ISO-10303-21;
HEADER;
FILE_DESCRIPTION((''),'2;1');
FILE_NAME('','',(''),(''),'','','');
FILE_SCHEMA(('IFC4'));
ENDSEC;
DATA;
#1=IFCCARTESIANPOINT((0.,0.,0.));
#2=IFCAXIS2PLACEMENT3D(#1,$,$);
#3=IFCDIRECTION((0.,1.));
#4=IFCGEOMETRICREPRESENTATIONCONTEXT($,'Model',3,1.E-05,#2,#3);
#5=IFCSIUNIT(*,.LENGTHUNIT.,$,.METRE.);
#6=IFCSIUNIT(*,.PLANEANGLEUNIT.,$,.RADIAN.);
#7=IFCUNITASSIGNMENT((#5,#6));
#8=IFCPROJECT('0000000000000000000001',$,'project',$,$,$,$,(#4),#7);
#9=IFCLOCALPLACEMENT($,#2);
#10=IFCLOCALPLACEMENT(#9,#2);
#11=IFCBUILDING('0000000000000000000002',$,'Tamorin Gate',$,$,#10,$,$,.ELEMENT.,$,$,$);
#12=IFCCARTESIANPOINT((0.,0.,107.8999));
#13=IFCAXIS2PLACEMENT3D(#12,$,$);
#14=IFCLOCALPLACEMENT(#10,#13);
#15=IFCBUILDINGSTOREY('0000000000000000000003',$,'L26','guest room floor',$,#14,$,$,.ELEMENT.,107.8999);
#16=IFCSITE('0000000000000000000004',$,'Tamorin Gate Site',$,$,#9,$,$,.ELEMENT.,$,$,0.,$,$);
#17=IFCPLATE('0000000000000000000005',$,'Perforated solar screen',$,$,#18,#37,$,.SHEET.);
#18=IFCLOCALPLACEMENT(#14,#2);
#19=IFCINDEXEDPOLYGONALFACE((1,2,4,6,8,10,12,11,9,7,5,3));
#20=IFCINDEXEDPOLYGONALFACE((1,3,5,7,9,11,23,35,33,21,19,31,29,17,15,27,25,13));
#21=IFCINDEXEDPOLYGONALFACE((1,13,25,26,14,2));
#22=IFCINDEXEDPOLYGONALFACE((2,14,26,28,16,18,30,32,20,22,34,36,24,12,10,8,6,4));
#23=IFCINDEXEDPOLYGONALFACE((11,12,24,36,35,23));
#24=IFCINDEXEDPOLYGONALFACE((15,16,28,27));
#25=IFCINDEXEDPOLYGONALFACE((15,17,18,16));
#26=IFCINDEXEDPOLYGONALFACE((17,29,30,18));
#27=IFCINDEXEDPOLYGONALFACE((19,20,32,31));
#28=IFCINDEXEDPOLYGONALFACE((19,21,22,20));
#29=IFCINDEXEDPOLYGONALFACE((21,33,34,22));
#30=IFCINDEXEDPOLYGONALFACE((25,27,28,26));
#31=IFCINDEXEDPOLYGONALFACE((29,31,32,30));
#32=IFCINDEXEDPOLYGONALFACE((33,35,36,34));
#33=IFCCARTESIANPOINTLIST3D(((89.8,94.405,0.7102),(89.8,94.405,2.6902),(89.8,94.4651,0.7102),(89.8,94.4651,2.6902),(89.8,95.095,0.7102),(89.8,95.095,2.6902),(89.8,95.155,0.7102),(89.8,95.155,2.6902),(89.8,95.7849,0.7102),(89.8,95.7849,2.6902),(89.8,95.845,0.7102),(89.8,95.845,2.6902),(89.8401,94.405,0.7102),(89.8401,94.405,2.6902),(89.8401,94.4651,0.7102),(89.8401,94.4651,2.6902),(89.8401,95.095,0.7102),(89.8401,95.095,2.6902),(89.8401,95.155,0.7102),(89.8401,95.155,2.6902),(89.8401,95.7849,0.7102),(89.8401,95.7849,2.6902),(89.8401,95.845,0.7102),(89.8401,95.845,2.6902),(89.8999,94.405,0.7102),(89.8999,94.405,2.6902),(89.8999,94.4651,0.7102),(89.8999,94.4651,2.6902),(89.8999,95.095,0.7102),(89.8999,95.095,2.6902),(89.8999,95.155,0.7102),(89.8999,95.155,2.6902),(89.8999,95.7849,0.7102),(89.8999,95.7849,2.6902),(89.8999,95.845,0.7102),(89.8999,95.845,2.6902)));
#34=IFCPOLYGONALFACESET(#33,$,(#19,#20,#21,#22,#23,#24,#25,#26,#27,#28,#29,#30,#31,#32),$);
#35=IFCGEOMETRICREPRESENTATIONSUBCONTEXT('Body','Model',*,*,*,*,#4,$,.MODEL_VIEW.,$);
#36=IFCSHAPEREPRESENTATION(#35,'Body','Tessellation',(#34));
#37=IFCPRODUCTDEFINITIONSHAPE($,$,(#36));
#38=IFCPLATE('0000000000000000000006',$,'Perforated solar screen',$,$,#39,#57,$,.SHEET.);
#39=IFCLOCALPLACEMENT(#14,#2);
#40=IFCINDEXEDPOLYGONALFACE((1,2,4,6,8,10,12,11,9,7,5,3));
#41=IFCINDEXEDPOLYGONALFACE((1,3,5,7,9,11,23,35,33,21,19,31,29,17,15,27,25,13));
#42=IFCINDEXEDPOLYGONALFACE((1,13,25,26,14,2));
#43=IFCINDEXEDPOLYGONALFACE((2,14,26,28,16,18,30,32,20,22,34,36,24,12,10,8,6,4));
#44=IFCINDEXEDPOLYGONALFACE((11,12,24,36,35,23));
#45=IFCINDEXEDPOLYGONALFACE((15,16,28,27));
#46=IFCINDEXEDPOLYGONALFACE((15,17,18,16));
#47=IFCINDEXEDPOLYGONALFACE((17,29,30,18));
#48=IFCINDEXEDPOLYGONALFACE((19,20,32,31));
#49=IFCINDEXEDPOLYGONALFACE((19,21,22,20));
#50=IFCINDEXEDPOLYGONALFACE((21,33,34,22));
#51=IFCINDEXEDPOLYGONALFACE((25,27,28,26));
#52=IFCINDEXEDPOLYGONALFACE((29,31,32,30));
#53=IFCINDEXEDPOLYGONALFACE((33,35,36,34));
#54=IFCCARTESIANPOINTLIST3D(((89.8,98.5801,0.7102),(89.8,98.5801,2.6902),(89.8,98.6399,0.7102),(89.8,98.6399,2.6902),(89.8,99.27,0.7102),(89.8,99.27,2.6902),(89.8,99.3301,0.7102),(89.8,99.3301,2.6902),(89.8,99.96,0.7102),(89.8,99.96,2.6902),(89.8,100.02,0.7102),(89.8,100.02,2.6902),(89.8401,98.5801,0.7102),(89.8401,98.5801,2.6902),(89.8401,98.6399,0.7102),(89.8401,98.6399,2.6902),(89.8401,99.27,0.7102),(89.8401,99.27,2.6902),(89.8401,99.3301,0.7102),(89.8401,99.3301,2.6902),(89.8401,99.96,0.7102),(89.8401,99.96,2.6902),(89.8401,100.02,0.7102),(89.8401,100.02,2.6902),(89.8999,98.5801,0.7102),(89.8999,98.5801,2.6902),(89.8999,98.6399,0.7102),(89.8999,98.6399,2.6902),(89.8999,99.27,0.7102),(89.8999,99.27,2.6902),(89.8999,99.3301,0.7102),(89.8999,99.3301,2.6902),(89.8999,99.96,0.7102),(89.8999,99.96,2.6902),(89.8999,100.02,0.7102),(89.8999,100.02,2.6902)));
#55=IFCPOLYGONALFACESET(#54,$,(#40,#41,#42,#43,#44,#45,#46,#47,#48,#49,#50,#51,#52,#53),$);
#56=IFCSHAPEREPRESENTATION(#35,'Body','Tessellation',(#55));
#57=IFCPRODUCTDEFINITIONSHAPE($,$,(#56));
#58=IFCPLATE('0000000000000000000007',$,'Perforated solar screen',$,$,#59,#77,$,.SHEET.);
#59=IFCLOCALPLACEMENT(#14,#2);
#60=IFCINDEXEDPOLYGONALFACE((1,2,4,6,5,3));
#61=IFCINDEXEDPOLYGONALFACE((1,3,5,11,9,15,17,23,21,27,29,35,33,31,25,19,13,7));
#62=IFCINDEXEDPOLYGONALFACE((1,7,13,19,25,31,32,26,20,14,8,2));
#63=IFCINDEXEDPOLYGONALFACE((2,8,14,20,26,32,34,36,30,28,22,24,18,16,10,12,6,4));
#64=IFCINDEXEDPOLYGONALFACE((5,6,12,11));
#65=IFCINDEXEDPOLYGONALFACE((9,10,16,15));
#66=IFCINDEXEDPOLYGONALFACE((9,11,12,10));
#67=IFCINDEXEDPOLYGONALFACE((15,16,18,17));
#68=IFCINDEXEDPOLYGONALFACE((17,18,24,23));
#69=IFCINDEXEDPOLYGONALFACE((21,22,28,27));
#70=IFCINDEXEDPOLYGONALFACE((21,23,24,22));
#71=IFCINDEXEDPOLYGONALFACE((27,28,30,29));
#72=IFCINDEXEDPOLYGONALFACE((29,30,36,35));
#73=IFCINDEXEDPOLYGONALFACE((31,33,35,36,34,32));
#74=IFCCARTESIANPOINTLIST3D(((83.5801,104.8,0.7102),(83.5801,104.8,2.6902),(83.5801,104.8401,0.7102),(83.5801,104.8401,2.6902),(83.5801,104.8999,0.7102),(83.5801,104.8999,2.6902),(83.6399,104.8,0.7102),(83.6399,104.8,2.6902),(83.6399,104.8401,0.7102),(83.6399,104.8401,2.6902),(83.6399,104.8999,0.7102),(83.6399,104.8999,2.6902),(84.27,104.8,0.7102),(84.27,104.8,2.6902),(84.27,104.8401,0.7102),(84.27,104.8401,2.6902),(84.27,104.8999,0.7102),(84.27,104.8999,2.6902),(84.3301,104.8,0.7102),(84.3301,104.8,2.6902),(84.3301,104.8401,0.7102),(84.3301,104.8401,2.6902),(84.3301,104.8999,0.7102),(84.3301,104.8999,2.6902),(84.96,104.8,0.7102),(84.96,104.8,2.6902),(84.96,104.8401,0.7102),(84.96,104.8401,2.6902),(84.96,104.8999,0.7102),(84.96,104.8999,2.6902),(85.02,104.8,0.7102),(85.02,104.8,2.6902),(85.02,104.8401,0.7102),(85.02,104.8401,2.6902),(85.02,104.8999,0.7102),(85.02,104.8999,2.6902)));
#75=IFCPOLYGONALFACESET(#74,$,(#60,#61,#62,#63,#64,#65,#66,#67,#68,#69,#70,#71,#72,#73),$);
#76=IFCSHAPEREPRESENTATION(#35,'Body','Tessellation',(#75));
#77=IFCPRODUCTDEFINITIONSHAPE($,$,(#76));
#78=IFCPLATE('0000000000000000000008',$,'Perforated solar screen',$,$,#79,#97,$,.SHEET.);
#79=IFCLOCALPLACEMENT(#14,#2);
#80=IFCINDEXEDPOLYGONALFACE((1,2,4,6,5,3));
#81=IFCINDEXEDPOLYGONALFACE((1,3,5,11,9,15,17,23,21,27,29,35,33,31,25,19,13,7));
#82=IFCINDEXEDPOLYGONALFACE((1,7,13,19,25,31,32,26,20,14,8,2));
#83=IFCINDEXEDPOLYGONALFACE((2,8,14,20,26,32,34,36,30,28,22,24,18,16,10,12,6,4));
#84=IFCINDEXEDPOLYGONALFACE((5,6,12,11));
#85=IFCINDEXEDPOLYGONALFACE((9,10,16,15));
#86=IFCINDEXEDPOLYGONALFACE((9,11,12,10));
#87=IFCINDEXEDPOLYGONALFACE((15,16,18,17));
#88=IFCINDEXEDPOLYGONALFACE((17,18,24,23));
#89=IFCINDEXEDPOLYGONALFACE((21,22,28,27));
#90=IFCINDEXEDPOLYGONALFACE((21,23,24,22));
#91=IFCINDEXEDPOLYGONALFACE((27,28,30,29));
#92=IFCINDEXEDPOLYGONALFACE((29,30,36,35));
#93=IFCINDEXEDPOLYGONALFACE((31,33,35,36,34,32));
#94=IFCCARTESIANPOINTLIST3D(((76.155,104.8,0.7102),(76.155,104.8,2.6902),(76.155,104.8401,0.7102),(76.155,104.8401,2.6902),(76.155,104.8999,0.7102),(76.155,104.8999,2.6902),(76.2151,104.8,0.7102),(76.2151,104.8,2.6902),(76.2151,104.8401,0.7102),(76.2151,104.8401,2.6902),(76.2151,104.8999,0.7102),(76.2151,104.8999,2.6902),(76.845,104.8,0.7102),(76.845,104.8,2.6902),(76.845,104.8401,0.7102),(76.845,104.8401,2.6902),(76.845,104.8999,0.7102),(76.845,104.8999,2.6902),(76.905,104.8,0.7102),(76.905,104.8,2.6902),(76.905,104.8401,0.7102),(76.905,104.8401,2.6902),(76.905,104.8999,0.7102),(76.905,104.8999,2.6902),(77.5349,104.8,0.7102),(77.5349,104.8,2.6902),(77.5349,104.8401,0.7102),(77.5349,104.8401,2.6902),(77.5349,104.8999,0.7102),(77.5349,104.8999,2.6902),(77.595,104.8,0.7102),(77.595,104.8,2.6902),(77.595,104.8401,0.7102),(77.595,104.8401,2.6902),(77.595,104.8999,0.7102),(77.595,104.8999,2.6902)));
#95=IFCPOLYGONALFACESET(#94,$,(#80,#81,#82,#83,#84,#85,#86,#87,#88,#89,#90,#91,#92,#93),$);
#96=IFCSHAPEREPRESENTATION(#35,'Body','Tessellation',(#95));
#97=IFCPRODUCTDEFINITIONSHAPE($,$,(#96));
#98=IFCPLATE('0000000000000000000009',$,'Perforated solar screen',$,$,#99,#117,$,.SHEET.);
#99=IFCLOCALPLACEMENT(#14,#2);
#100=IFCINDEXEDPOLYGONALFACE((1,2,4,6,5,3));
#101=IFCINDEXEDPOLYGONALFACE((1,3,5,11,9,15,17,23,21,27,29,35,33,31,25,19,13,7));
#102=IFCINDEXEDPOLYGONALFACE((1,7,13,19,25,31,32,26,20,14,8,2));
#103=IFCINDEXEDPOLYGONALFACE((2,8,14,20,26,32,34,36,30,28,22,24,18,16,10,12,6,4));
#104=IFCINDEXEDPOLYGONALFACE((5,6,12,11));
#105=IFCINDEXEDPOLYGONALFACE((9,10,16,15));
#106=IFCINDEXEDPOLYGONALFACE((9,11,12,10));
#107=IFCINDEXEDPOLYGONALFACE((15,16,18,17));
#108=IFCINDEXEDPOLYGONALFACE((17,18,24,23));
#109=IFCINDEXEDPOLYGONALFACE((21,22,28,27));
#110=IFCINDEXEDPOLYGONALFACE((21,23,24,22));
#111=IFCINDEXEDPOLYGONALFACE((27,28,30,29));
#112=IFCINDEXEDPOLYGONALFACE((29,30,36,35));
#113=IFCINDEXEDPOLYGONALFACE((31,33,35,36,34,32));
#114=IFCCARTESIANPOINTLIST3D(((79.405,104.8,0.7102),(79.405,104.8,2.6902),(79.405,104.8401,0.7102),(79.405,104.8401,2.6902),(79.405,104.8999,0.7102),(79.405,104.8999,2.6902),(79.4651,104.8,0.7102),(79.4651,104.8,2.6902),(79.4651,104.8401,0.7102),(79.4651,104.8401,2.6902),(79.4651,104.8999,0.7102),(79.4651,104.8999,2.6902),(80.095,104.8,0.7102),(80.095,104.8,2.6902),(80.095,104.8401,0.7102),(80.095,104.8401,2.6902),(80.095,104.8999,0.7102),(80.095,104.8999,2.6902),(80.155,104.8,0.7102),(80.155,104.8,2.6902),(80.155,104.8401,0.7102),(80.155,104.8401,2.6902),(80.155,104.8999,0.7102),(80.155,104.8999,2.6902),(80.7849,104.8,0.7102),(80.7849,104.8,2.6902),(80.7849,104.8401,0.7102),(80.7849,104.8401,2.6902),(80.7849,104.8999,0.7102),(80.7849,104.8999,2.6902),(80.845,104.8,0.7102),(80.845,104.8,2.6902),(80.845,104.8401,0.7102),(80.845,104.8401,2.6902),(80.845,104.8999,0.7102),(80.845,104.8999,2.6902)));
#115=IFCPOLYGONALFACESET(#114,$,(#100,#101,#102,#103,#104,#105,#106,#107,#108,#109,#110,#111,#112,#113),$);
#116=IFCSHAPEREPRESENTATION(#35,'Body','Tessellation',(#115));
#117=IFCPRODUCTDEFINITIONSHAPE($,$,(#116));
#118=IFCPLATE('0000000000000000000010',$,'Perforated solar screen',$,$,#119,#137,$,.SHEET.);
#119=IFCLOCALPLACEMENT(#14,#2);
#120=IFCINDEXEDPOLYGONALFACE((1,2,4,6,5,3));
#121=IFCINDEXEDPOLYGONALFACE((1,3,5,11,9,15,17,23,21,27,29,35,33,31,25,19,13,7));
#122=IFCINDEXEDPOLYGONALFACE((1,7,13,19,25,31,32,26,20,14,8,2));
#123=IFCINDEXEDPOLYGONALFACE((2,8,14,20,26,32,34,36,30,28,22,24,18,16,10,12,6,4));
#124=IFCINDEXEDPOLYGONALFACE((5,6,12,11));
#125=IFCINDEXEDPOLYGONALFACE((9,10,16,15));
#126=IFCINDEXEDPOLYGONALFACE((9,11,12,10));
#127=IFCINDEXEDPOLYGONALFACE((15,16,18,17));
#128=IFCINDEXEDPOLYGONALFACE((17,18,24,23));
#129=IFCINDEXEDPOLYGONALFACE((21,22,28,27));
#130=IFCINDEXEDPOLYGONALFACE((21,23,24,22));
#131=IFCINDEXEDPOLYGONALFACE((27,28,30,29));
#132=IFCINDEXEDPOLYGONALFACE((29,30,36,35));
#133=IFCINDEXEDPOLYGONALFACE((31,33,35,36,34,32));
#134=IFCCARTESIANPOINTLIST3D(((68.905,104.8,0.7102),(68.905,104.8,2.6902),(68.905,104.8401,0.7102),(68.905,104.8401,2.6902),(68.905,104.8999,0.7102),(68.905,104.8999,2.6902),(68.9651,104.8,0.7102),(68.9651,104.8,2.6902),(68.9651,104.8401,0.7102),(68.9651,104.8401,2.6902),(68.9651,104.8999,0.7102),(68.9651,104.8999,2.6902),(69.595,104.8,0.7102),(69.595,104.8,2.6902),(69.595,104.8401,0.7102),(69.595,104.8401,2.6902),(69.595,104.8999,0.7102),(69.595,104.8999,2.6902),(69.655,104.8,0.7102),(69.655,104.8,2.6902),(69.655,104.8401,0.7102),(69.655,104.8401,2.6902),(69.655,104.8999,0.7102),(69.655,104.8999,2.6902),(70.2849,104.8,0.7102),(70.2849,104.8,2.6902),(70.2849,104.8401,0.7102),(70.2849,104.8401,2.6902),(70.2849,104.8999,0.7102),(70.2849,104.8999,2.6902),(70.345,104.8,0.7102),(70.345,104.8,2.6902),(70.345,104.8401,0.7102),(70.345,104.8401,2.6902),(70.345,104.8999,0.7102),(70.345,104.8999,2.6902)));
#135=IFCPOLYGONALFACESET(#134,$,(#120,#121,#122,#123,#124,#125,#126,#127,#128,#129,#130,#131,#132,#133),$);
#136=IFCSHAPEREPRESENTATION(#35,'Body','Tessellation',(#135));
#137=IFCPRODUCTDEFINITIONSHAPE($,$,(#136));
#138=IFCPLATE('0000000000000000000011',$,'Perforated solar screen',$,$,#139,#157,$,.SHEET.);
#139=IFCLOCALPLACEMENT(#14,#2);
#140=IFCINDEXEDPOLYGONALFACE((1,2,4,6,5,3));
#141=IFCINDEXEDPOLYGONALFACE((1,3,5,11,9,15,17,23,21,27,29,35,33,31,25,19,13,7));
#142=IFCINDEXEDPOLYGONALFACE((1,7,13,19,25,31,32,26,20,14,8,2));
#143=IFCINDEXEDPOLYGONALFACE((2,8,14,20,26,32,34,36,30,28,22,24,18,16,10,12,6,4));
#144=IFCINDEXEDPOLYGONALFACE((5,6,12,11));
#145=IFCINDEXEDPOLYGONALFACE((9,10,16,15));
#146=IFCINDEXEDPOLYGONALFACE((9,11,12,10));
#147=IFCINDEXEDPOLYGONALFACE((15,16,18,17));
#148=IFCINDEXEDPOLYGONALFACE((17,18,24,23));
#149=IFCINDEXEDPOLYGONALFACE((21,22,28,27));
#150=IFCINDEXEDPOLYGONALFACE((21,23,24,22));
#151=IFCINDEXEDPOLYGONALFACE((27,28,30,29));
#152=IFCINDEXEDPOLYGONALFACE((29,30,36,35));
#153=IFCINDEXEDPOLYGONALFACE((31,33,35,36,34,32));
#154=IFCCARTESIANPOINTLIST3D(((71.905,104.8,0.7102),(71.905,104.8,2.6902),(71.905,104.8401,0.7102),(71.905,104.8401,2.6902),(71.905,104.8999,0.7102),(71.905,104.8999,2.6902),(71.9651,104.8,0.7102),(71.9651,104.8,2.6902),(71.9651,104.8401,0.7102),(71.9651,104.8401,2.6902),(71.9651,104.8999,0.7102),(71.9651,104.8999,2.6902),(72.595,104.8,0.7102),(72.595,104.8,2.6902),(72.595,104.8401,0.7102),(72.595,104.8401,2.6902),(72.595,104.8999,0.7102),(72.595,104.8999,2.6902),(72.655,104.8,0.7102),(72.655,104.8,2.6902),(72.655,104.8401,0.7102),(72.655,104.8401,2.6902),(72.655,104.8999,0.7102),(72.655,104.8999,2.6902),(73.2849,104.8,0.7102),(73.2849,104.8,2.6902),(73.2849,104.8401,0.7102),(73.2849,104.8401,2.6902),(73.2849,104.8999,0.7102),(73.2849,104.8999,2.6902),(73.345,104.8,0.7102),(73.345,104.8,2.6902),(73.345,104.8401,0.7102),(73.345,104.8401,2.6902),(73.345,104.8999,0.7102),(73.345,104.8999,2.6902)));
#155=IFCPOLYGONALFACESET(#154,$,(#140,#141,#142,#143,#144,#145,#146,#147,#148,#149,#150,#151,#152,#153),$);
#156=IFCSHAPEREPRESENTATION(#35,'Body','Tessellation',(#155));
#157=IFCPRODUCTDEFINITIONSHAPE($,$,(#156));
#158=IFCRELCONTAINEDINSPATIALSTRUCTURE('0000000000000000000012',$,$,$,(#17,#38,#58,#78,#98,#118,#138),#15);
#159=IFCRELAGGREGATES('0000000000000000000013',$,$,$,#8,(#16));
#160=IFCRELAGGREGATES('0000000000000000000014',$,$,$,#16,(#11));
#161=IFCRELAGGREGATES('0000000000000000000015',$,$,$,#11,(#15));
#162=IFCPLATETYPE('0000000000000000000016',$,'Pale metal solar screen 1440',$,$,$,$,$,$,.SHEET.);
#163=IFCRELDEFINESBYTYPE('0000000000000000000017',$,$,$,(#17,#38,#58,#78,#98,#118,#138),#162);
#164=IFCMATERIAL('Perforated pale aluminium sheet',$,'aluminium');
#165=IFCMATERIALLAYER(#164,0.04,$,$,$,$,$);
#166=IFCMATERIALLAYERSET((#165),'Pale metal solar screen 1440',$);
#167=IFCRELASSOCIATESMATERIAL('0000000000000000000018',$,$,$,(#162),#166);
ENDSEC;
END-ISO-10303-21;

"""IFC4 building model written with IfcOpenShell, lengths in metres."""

from ifc_helpers import new_model, si_unit, direction, frame, origin, place, context, subcontext, project, spatial, polyline, outline, extrude, material, layer, layer_set, type_object, element, save


model = new_model("IFC4")

# Units and contexts
model_context = context("Model", 3, precision=1e-05, world=origin(), true_north=direction((0.0, 1.0)))
body_context = subcontext(model_context, "Body", "Model", "MODEL_VIEW")
ifc_project = project(units=[si_unit("LENGTHUNIT", "METRE"), si_unit("PLANEANGLEUNIT", "RADIAN")], contexts=[model_context])

# Site, building, storey
site_placement = place(None, origin())
site = spatial("IfcSite", under=ifc_project, at=site_placement, Name="Tamorin Gate Site", CompositionType="ELEMENT", RefElevation=0.0)
building_placement = place(site_placement, origin())
building = spatial("IfcBuilding", under=site, at=building_placement, Name="Tamorin Gate", CompositionType="ELEMENT")
storey_placement = place(building_placement, frame((0.0, 0.0, 107.8999)))
storey = spatial("IfcBuildingStorey", under=building, at=storey_placement, Name="L26", Description="guest room floor", CompositionType="ELEMENT", Elevation=107.8999)

# Plates
ifc_material = material(Name="Perforated pale aluminium sheet", Category="aluminium")
ifc_layer = layer(ifc_material, 0.04)
ifc_layer_set = layer_set([ifc_layer], Name="Pale metal solar screen 1440")
plate_type = type_object("IfcPlateType", Name="Pale metal solar screen 1440", PredefinedType="SHEET", material=ifc_layer_set)
plate_1_placement = place(storey_placement, frame((0.0, 0.0, 0.7102)))
element("IfcPlate", 1, at=plate_1_placement, inside=storey, type_object=plate_type, Name="Perforated solar screen", PredefinedType="SHEET", context=body_context, shape_type="SweptSolid", body=[
    extrude(outline(polyline([(89.8401, 94.405), (89.8, 94.405), (89.8, 94.4651), (89.8, 95.095), (89.8, 95.155), (89.8, 95.7849), (89.8, 95.845), (89.8401, 95.845), (89.8999, 95.845), (89.8999, 95.7849), (89.8401, 95.7849), (89.8401, 95.155), (89.8999, 95.155), (89.8999, 95.095), (89.8401, 95.095), (89.8401, 94.4651), (89.8999, 94.4651), (89.8999, 94.405), (89.8401, 94.405)])), origin(), (0.0, 0.0, 1.0), 1.98),
])
plate_2_placement = place(storey_placement, frame((0.0, 0.0, 0.7102)))
element("IfcPlate", 2, at=plate_2_placement, inside=storey, type_object=plate_type, Name="Perforated solar screen", PredefinedType="SHEET", context=body_context, shape_type="SweptSolid", body=[
    extrude(outline(polyline([(89.8401, 98.5801), (89.8, 98.5801), (89.8, 98.6399), (89.8, 99.27), (89.8, 99.3301), (89.8, 99.96), (89.8, 100.02), (89.8401, 100.02), (89.8999, 100.02), (89.8999, 99.96), (89.8401, 99.96), (89.8401, 99.3301), (89.8999, 99.3301), (89.8999, 99.27), (89.8401, 99.27), (89.8401, 98.6399), (89.8999, 98.6399), (89.8999, 98.5801), (89.8401, 98.5801)])), origin(), (0.0, 0.0, 1.0), 1.98),
])
plate_3_placement = place(storey_placement, frame((0.0, 0.0, 0.7102)))
element("IfcPlate", 3, at=plate_3_placement, inside=storey, type_object=plate_type, Name="Perforated solar screen", PredefinedType="SHEET", context=body_context, shape_type="SweptSolid", body=[
    extrude(outline(polyline([(85.02, 104.8401), (85.02, 104.8), (84.96, 104.8), (84.3301, 104.8), (84.27, 104.8), (83.6399, 104.8), (83.5801, 104.8), (83.5801, 104.8401), (83.5801, 104.8999), (83.6399, 104.8999), (83.6399, 104.8401), (84.27, 104.8401), (84.27, 104.8999), (84.3301, 104.8999), (84.3301, 104.8401), (84.96, 104.8401), (84.96, 104.8999), (85.02, 104.8999), (85.02, 104.8401)])), origin(), (0.0, 0.0, 1.0), 1.98),
])
plate_4_placement = place(storey_placement, frame((0.0, 0.0, 0.7102)))
element("IfcPlate", 4, at=plate_4_placement, inside=storey, type_object=plate_type, Name="Perforated solar screen", PredefinedType="SHEET", context=body_context, shape_type="SweptSolid", body=[
    extrude(outline(polyline([(77.595, 104.8401), (77.595, 104.8), (77.5349, 104.8), (76.905, 104.8), (76.845, 104.8), (76.2151, 104.8), (76.155, 104.8), (76.155, 104.8401), (76.155, 104.8999), (76.2151, 104.8999), (76.2151, 104.8401), (76.845, 104.8401), (76.845, 104.8999), (76.905, 104.8999), (76.905, 104.8401), (77.5349, 104.8401), (77.5349, 104.8999), (77.595, 104.8999), (77.595, 104.8401)])), origin(), (0.0, 0.0, 1.0), 1.98),
])
plate_5_placement = place(storey_placement, frame((0.0, 0.0, 0.7102)))
element("IfcPlate", 5, at=plate_5_placement, inside=storey, type_object=plate_type, Name="Perforated solar screen", PredefinedType="SHEET", context=body_context, shape_type="SweptSolid", body=[
    extrude(outline(polyline([(80.845, 104.8401), (80.845, 104.8), (80.7849, 104.8), (80.155, 104.8), (80.095, 104.8), (79.4651, 104.8), (79.405, 104.8), (79.405, 104.8), (79.405, 104.8401), (79.405, 104.8401), (79.405, 104.8999), (79.4651, 104.8999), (79.4651, 104.8401), (80.095, 104.8401), (80.095, 104.8999), (80.155, 104.8999), (80.155, 104.8401), (80.7849, 104.8401), (80.7849, 104.8999), (80.845, 104.8999), (80.845, 104.8401)])), origin(), (0.0, 0.0, 1.0), 1.98),
])
plate_6_placement = place(storey_placement, frame((0.0, 0.0, 0.7102)))
element("IfcPlate", 6, at=plate_6_placement, inside=storey, type_object=plate_type, Name="Perforated solar screen", PredefinedType="SHEET", context=body_context, shape_type="SweptSolid", body=[
    extrude(outline(polyline([(70.345, 104.8401), (70.345, 104.8), (70.2849, 104.8), (69.655, 104.8), (69.595, 104.8), (68.9651, 104.8), (68.905, 104.8), (68.905, 104.8401), (68.905, 104.8999), (68.9651, 104.8999), (68.9651, 104.8401), (69.595, 104.8401), (69.595, 104.8999), (69.655, 104.8999), (69.655, 104.8401), (70.2849, 104.8401), (70.2849, 104.8999), (70.345, 104.8999), (70.345, 104.8401)])), origin(), (0.0, 0.0, 1.0), 1.98),
])
plate_7_placement = place(storey_placement, frame((0.0, 0.0, 0.7102)))
element("IfcPlate", 7, at=plate_7_placement, inside=storey, type_object=plate_type, Name="Perforated solar screen", PredefinedType="SHEET", context=body_context, shape_type="SweptSolid", body=[
    extrude(outline(polyline([(73.345, 104.8401), (73.345, 104.8), (73.2849, 104.8), (72.655, 104.8), (72.595, 104.8), (71.9651, 104.8), (71.905, 104.8), (71.905, 104.8401), (71.905, 104.8999), (71.9651, 104.8999), (71.9651, 104.8401), (72.595, 104.8401), (72.595, 104.8999), (72.655, 104.8999), (72.655, 104.8401), (73.2849, 104.8401), (73.2849, 104.8999), (73.345, 104.8999), (73.345, 104.8401)])), origin(), (0.0, 0.0, 1.0), 1.98),
])

save(model, "model.ifc")
